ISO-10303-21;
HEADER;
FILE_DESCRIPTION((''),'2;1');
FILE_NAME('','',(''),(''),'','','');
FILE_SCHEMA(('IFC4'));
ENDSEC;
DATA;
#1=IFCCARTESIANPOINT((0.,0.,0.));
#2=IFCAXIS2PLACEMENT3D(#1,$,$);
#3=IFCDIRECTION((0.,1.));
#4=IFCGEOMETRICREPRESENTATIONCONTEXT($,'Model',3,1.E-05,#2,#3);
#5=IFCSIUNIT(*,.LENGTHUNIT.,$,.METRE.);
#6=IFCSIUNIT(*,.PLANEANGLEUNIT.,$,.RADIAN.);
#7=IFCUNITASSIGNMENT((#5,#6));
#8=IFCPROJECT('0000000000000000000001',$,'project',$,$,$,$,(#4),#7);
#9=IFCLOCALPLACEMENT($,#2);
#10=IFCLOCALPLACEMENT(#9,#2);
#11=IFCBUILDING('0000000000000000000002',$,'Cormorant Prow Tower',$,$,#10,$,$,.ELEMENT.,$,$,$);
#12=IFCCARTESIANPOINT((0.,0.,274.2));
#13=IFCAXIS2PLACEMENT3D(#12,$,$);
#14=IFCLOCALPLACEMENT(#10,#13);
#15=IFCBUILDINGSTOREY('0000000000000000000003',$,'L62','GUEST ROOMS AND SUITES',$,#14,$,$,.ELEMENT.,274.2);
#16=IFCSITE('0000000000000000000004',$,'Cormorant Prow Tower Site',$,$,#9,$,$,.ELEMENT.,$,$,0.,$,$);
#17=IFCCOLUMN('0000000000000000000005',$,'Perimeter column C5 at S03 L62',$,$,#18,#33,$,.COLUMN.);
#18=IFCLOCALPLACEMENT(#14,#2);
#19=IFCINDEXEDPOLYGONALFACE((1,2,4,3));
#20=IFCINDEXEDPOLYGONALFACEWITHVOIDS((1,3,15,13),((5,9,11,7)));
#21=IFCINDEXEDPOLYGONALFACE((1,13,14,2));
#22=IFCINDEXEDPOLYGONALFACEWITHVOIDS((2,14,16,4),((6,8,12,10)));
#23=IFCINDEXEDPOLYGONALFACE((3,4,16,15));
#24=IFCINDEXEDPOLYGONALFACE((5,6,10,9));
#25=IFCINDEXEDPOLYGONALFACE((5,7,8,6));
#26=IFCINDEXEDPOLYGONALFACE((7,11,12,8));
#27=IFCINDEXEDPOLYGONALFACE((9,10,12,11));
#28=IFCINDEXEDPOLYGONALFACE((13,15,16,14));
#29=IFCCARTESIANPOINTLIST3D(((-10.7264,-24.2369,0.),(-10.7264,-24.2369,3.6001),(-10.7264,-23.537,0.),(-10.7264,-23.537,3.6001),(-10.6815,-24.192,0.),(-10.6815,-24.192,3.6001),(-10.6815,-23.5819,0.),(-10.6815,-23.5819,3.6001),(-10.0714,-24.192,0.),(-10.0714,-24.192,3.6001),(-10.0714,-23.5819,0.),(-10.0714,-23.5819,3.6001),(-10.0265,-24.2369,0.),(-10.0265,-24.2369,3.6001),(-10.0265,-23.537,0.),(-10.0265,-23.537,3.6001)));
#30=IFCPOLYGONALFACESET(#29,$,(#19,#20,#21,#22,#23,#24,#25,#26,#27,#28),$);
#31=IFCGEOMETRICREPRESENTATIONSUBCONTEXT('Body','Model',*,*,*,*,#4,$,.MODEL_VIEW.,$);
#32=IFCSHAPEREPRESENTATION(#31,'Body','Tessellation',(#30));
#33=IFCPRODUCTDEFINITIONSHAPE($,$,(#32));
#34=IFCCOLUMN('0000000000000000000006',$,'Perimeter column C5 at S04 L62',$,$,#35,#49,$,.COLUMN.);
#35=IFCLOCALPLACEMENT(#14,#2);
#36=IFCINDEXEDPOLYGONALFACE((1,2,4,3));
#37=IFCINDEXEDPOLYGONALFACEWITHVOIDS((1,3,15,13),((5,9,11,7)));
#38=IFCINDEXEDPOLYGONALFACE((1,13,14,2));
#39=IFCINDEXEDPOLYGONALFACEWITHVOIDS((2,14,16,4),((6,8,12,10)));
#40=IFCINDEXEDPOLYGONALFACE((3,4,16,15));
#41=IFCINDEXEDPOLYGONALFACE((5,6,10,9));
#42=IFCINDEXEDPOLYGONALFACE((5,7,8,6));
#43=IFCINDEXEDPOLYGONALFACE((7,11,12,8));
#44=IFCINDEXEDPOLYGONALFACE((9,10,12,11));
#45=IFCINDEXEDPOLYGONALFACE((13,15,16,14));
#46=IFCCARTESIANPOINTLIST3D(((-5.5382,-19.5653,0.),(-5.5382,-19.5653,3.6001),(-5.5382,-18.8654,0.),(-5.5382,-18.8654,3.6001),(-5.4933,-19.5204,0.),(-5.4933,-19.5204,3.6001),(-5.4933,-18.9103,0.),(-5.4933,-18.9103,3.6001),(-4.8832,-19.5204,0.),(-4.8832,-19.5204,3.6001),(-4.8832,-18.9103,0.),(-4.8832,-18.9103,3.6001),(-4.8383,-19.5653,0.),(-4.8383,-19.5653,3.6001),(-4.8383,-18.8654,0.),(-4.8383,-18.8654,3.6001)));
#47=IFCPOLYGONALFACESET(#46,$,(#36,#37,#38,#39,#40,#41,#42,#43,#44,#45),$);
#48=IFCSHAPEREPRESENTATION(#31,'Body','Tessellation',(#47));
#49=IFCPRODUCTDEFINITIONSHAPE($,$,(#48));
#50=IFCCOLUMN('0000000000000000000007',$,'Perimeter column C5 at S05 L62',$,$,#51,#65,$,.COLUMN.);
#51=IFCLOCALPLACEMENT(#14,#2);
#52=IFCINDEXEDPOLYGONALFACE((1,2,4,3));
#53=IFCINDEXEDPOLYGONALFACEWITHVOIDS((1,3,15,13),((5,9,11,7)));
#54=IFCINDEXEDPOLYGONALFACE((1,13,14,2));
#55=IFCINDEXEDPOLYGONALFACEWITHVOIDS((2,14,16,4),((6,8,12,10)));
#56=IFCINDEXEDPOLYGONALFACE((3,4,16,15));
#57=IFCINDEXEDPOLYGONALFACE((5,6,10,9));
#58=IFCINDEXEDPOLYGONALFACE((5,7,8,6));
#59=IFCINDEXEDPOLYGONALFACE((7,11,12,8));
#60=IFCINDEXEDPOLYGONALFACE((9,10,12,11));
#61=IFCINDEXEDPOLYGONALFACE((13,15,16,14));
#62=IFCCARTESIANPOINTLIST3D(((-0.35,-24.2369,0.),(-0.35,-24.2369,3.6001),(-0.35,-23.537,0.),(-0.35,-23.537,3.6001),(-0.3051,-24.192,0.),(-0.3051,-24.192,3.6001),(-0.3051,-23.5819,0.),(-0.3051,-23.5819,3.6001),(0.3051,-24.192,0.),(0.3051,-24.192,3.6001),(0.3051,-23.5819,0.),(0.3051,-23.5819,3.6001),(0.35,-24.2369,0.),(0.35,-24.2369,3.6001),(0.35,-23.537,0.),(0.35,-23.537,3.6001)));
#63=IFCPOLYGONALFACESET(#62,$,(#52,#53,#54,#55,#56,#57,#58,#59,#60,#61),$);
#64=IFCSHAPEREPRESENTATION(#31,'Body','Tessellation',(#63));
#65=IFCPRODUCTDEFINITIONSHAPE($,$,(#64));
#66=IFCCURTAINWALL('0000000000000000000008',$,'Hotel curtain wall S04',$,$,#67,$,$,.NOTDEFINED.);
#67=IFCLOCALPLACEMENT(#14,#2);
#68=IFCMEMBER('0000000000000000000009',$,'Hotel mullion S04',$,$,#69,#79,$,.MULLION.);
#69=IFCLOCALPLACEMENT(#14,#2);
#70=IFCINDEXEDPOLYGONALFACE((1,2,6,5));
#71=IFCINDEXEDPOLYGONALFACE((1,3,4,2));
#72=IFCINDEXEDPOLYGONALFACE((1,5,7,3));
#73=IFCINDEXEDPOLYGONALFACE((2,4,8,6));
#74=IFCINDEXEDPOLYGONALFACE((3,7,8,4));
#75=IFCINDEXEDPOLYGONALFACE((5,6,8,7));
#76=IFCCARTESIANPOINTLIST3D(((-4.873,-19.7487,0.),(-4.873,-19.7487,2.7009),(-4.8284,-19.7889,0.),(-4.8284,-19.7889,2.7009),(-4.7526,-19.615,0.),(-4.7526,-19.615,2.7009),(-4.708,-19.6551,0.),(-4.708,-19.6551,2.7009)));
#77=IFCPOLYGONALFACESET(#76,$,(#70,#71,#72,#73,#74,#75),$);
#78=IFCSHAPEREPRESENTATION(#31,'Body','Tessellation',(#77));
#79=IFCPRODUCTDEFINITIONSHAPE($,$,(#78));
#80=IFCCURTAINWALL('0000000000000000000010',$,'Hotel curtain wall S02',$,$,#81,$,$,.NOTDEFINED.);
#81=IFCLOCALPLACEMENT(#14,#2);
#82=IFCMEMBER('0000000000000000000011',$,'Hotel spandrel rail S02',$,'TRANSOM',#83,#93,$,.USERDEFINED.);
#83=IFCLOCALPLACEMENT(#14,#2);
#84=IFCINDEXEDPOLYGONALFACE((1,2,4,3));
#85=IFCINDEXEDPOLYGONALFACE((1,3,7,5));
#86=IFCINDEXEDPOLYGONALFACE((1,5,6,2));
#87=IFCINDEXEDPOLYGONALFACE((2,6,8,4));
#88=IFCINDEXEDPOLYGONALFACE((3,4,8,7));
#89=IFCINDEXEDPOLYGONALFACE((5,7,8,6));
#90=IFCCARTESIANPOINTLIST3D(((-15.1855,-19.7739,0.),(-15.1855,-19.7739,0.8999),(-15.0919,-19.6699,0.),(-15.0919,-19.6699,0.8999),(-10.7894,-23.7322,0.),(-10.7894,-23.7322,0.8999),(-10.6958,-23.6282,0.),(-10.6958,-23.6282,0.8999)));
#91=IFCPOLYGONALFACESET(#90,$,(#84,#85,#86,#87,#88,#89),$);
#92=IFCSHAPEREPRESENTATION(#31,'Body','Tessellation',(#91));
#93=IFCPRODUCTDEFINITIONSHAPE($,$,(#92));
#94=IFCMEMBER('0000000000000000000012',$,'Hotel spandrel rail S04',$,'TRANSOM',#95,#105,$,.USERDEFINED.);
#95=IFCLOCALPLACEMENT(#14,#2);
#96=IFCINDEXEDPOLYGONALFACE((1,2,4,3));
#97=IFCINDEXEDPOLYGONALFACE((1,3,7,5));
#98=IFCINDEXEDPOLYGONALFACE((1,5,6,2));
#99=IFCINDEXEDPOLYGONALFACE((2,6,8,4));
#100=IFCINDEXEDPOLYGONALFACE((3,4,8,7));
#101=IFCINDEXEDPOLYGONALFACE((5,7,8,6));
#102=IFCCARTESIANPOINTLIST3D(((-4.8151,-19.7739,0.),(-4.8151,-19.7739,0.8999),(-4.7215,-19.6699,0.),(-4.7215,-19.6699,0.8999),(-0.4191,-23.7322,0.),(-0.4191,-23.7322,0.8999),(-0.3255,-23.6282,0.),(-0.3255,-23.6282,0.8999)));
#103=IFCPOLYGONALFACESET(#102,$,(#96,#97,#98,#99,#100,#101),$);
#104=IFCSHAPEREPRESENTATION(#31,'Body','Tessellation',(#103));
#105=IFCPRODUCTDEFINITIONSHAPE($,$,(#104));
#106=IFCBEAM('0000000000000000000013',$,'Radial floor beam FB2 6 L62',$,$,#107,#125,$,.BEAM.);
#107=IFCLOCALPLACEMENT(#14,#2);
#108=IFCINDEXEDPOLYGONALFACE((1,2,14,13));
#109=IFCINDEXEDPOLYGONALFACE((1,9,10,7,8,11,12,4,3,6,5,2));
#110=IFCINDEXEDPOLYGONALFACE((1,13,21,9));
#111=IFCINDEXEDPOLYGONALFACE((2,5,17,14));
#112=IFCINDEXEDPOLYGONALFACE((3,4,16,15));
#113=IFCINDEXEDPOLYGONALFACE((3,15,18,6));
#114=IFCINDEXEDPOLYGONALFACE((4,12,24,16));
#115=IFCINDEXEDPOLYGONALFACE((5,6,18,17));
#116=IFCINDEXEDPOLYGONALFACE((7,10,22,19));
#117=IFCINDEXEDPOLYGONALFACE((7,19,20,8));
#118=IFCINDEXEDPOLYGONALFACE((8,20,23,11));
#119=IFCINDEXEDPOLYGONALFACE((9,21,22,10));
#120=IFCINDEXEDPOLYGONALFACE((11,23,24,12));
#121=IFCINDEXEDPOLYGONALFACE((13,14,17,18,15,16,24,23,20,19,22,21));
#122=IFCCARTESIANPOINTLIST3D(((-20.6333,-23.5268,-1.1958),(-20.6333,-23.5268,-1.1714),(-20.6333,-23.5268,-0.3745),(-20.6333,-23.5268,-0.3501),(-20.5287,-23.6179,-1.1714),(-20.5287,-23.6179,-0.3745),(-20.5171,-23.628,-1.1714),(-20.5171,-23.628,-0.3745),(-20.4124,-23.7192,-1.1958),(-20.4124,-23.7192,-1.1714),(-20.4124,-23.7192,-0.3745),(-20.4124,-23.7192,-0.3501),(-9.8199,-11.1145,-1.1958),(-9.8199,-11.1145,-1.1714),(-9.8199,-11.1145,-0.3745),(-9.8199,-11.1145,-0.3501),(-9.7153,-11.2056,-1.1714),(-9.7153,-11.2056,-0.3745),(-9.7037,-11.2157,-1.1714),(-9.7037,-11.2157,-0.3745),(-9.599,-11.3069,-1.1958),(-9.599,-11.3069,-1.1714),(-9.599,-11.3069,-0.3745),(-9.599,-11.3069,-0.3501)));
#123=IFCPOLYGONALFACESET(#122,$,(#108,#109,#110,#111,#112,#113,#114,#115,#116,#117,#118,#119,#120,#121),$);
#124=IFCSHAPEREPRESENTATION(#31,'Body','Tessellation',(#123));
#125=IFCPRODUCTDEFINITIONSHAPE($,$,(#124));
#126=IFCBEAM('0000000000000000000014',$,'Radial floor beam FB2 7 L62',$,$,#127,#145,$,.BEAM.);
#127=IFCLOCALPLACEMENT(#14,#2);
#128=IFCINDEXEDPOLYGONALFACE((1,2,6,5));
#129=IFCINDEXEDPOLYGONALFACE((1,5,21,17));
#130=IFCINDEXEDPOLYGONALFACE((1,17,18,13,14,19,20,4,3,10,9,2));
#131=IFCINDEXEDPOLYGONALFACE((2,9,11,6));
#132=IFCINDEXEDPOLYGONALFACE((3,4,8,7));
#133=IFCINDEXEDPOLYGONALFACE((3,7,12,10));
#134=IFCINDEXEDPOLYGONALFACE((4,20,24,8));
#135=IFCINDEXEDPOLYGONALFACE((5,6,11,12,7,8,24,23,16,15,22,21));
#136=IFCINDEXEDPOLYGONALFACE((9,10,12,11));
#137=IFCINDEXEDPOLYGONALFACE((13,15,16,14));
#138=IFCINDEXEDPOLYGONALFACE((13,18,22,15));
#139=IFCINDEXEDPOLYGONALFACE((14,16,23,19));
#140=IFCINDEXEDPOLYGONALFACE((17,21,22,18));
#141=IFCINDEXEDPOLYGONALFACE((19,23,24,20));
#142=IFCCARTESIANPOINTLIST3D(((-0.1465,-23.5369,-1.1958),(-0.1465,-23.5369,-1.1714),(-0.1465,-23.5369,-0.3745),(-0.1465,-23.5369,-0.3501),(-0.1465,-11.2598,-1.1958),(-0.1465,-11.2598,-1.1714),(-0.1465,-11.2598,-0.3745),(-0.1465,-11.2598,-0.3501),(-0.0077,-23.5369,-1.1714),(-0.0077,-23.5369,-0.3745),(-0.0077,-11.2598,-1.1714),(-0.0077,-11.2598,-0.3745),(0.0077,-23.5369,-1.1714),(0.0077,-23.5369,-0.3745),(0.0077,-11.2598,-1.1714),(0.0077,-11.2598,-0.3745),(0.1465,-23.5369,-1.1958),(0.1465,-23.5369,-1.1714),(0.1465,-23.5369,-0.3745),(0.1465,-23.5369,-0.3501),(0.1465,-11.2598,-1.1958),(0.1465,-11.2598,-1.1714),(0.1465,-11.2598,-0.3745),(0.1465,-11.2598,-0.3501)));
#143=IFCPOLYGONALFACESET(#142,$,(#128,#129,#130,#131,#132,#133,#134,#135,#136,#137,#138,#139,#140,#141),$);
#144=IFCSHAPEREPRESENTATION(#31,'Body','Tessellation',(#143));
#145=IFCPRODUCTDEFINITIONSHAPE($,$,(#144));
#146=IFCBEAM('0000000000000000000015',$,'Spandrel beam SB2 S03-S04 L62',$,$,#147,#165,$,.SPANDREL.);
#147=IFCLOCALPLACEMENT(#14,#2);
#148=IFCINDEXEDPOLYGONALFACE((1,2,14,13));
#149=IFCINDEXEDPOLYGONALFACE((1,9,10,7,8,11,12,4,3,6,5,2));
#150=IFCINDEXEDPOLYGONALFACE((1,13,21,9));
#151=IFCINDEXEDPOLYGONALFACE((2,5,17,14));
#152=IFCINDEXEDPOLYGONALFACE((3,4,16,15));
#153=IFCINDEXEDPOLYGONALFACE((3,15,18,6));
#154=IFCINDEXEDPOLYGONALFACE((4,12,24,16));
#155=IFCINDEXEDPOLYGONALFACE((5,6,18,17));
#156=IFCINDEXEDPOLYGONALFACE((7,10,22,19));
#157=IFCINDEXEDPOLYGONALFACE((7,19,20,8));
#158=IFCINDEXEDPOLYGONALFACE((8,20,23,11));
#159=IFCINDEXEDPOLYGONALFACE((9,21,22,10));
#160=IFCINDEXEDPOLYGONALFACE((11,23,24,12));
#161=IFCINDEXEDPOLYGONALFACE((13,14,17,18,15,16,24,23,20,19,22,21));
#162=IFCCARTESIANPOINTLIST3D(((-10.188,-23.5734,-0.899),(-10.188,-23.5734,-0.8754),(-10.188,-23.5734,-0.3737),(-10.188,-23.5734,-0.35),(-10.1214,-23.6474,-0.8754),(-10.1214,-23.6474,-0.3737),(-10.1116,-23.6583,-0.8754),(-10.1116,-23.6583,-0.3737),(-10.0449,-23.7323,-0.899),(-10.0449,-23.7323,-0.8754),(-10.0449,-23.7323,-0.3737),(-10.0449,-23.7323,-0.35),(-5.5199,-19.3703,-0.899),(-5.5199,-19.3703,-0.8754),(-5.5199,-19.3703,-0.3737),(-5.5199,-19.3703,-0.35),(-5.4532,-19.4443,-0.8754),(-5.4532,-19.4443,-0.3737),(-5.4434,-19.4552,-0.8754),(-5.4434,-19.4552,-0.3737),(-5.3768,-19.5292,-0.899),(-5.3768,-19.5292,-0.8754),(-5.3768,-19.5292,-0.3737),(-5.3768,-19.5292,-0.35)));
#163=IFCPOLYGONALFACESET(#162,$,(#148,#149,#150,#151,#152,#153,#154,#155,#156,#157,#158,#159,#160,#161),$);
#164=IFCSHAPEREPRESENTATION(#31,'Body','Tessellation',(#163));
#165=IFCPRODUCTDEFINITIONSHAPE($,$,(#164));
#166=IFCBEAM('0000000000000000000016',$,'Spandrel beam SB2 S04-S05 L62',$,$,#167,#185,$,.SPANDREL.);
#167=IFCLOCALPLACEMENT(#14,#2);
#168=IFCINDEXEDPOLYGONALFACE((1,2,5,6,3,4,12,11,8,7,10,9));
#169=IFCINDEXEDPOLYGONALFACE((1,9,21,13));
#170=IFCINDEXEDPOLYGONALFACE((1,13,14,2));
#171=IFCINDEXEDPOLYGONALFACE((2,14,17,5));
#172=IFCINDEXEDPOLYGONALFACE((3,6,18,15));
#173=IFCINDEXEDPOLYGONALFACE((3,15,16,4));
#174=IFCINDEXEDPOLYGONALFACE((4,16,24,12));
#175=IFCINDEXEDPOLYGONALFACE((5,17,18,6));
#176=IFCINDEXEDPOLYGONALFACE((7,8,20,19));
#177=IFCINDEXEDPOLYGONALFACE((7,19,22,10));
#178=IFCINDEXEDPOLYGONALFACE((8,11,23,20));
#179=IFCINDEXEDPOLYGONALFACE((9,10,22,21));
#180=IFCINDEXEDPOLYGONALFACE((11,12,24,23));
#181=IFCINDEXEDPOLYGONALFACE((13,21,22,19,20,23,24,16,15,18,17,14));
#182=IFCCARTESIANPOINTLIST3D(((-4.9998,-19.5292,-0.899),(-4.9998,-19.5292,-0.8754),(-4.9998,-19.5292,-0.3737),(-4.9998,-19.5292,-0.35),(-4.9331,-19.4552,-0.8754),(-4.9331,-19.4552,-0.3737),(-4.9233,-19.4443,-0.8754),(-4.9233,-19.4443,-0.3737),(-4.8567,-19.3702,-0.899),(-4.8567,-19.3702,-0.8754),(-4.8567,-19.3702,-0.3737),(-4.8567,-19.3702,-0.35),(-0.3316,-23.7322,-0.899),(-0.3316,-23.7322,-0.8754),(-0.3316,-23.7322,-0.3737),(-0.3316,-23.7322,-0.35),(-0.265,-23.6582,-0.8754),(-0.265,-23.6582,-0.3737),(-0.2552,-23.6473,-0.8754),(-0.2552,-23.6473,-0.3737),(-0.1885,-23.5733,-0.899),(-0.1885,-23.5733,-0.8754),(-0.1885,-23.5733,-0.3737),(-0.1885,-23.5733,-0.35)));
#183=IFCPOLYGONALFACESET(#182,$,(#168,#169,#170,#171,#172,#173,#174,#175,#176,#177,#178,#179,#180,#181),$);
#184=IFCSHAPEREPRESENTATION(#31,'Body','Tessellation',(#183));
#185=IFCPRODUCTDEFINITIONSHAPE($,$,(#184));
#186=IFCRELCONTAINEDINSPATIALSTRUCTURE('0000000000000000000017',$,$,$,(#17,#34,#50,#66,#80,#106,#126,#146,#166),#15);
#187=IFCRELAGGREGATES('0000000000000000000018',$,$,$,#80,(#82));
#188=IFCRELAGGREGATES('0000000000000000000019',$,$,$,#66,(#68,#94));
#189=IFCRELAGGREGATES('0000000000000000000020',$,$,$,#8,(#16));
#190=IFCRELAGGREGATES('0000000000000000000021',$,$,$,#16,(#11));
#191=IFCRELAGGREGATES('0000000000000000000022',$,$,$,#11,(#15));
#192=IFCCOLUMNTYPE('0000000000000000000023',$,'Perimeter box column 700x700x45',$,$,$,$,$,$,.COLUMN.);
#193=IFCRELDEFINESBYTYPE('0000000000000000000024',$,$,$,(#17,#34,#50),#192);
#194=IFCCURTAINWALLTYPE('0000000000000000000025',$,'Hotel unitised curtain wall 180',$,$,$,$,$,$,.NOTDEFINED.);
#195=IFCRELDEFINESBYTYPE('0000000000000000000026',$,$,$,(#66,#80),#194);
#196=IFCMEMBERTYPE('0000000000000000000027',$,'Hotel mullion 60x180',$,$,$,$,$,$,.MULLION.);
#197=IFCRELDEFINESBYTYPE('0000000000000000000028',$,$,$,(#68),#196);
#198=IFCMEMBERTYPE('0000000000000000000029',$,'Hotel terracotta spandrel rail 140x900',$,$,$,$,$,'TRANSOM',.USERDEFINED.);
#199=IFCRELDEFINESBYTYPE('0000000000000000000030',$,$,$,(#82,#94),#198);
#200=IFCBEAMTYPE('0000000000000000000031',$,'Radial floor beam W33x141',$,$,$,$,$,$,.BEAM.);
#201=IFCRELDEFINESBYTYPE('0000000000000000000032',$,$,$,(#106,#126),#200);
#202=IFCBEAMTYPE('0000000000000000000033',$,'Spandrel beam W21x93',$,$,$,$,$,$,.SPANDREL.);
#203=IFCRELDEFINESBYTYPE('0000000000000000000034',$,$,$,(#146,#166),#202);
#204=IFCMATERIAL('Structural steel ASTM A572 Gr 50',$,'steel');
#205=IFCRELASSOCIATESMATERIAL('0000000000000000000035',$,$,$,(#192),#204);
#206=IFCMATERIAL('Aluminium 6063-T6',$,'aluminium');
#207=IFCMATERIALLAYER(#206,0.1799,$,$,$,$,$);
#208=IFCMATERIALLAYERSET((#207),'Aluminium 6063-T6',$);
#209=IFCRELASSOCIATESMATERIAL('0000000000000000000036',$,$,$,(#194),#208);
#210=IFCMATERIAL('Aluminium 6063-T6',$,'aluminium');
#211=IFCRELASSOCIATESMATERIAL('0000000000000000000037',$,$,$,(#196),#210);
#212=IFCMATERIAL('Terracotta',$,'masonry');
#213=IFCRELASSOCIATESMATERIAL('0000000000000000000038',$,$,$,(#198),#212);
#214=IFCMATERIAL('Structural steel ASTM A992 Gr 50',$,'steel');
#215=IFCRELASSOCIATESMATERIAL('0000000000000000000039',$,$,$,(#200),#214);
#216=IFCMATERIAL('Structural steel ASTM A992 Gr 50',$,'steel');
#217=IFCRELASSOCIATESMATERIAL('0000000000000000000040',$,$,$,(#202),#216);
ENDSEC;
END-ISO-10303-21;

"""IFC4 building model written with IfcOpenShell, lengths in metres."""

from ifc_helpers import new_model, si_unit, direction, frame, origin, origin_2d, place, context, subcontext, project, spatial, rectangle, hollow_rectangle, i_section, extrude, material, layer, layer_set, material_profile, profile_set, type_object, element, aggregate, save


model = new_model("IFC4")

# Units and contexts
model_context = context("Model", 3, precision=1e-05, world=origin(), true_north=direction((0.0, 1.0)))
body_context = subcontext(model_context, "Body", "Model", "MODEL_VIEW")
ifc_project = project(units=[si_unit("LENGTHUNIT", "METRE"), si_unit("PLANEANGLEUNIT", "RADIAN")], contexts=[model_context])

# Site, building, storey
site_placement = place(None, origin())
site = spatial("IfcSite", under=ifc_project, at=site_placement, Name="Cormorant Prow Tower Site", CompositionType="ELEMENT", RefElevation=0.0)
building_placement = place(site_placement, origin())
building = spatial("IfcBuilding", under=site, at=building_placement, Name="Cormorant Prow Tower", CompositionType="ELEMENT")
storey_placement = place(building_placement, frame((0.0, 0.0, 274.2)))
storey = spatial("IfcBuildingStorey", under=building, at=storey_placement, Name="L62", Description="GUEST ROOMS AND SUITES", CompositionType="ELEMENT", Elevation=274.2)

# Columns
ifc_material_1 = material(Name="Structural steel ASTM A572 Gr 50", Category="steel")
ifc_material_profile_1 = material_profile(ifc_material_1, hollow_rectangle(XDim=0.7, YDim=0.7, WallThickness=0.0449, at=origin_2d()), Name="Box 700x700x45")
ifc_profile_set_1 = profile_set([ifc_material_profile_1], Name="Structural steel ASTM A572 Gr 50")
column_type = type_object("IfcColumnType", Name="Perimeter box column 700x700x45", PredefinedType="COLUMN", material=ifc_profile_set_1)
for number, where, z_axis, x_axis, name in (
    (1, (-10.3765, -23.887, 0.0), (0.0, 0.0, 1.0), (1.0, 0.0, 0.0), "Perimeter column C5 at S03 L62"),
    (2, (-5.1882, -19.2153, 0.0), (0.0, 0.0, 1.0), (1.0, 0.0, 0.0), "Perimeter column C5 at S04 L62"),
    (3, (0.0, -23.887, 0.0), (0.0, 0.0, 1.0), (1.0, 0.0, 0.0), "Perimeter column C5 at S05 L62"),
):
    element("IfcColumn", number, at=place(storey_placement, frame(where, z_axis=z_axis, x_axis=x_axis)), inside=storey, type_object=column_type, Name=name, PredefinedType="COLUMN", context=body_context, shape_type="SweptSolid", body=[
        extrude(hollow_rectangle(XDim=0.7, YDim=0.7, WallThickness=0.0449, at=origin_2d()), origin(), (0.0, 0.0, 1.0), 3.6001),
    ])

# Curtain walls, members
ifc_material_2 = material(Name="Aluminium 6063-T6", Category="aluminium")
ifc_layer_1 = layer(ifc_material_2, 0.1799)
ifc_layer_set_1 = layer_set([ifc_layer_1], Name="Aluminium 6063-T6")
curtain_wall_type = type_object("IfcCurtainWallType", Name="Hotel unitised curtain wall 180", PredefinedType="NOTDEFINED", material=ifc_layer_set_1)
curtain_wall_1_placement = place(storey_placement, origin())
curtain_wall_1 = element("IfcCurtainWall", 4, at=curtain_wall_1_placement, inside=storey, type_object=curtain_wall_type, Name="Hotel curtain wall S04", PredefinedType="NOTDEFINED")
ifc_material_3 = material(Name="Aluminium 6063-T6", Category="aluminium")
ifc_material_profile_2 = material_profile(ifc_material_3, rectangle(XDim=0.1799, YDim=0.0601, at=origin_2d()), Name="Hotel mullion 60x180")
ifc_profile_set_2 = profile_set([ifc_material_profile_2], Name="Aluminium 6063-T6")
member_type_1 = type_object("IfcMemberType", Name="Hotel mullion 60x180", PredefinedType="MULLION", material=ifc_profile_set_2)
member_1_placement = place(storey_placement, frame((-4.7905, -19.7019, 0.0), z_axis=(0.0, 0.0, 1.0), x_axis=(0.669131, 0.743145, 0.0)))
member_1 = element("IfcMember", 5, at=member_1_placement, type_object=member_type_1, Name="Hotel mullion S04", PredefinedType="MULLION", context=body_context, shape_type="SweptSolid", body=[
    extrude(rectangle(XDim=0.1799, YDim=0.0601, at=origin_2d()), origin(), (0.0, 0.0, 1.0), 2.7009),
])
curtain_wall_2_placement = place(storey_placement, origin())
curtain_wall_2 = element("IfcCurtainWall", 6, at=curtain_wall_2_placement, inside=storey, type_object=curtain_wall_type, Name="Hotel curtain wall S02", PredefinedType="NOTDEFINED")
ifc_material_4 = material(Name="Terracotta", Category="masonry")
ifc_material_profile_3 = material_profile(ifc_material_4, rectangle(XDim=0.1399, YDim=0.8999, at=origin_2d()), Name="Hotel terracotta spandrel rail 140x900")
ifc_profile_set_3 = profile_set([ifc_material_profile_3], Name="Terracotta")
member_type_2 = type_object("IfcMemberType", Name="Hotel terracotta spandrel rail 140x900", ElementType="TRANSOM", PredefinedType="USERDEFINED", material=ifc_profile_set_3)
member_2_placement = place(storey_placement, frame((-15.1387, -19.7219, 0.45), z_axis=(0.743138, -0.669138, 0.0), x_axis=(0.669138, 0.743138, 0.0)))
member_2 = element("IfcMember", 7, at=member_2_placement, type_object=member_type_2, Name="Hotel spandrel rail S02", ObjectType="TRANSOM", PredefinedType="USERDEFINED", context=body_context, shape_type="SweptSolid", body=[
    extrude(rectangle(XDim=0.1399, YDim=0.8999, at=origin_2d()), origin(), (0.0, 0.0, 1.0), 5.9155),
])

# Member
member_3_placement = place(storey_placement, frame((-4.7683, -19.7219, 0.45), z_axis=(0.743138, -0.669138, 0.0), x_axis=(0.669138, 0.743138, 0.0)))
member_3 = element("IfcMember", 8, at=member_3_placement, type_object=member_type_2, Name="Hotel spandrel rail S04", ObjectType="TRANSOM", PredefinedType="USERDEFINED", context=body_context, shape_type="SweptSolid", body=[
    extrude(rectangle(XDim=0.1399, YDim=0.8999, at=origin_2d()), origin(), (0.0, 0.0, 1.0), 5.9155),
])

# Beams
ifc_material_5 = material(Name="Structural steel ASTM A992 Gr 50", Category="steel")
ifc_material_profile_4 = material_profile(ifc_material_5, i_section(OverallWidth=0.293, OverallDepth=0.8457, WebThickness=0.0154, FlangeThickness=0.0244, at=origin_2d()), Name="W33x141")
ifc_profile_set_4 = profile_set([ifc_material_profile_4], Name="Structural steel ASTM A992 Gr 50")
beam_type_1 = type_object("IfcBeamType", Name="Radial floor beam W33x141", PredefinedType="BEAM", material=ifc_profile_set_4)
beam_1_placement = place(storey_placement, frame((-9.7095, -11.2107, -0.7729), z_axis=(-0.656875, -0.754, 0.0), x_axis=(0.754, -0.656875, 0.0)))
element("IfcBeam", 9, at=beam_1_placement, inside=storey, type_object=beam_type_1, Name="Radial floor beam FB2 6 L62", PredefinedType="BEAM", context=body_context, shape_type="SweptSolid", body=[
    extrude(i_section(OverallWidth=0.293, OverallDepth=0.8457, WebThickness=0.0154, FlangeThickness=0.0244, at=origin_2d()), origin(), (0.0, 0.0, 1.0), 16.4619),
])
beam_2_placement = place(storey_placement, frame((0.0, -11.2598, -0.7729), z_axis=(0.0, -1.0, 0.0), x_axis=(1.0, 0.0, 0.0)))
element("IfcBeam", 10, at=beam_2_placement, inside=storey, type_object=beam_type_1, Name="Radial floor beam FB2 7 L62", PredefinedType="BEAM", context=body_context, shape_type="SweptSolid", body=[
    extrude(i_section(OverallWidth=0.293, OverallDepth=0.8457, WebThickness=0.0154, FlangeThickness=0.0244, at=origin_2d()), origin(), (0.0, 0.0, 1.0), 12.2771),
])
ifc_material_6 = material(Name="Structural steel ASTM A992 Gr 50", Category="steel")
ifc_material_profile_5 = material_profile(ifc_material_6, i_section(OverallWidth=0.2139, OverallDepth=0.5491, WebThickness=0.0146, FlangeThickness=0.0237, at=origin_2d()), Name="W21x93")
ifc_profile_set_5 = profile_set([ifc_material_profile_5], Name="Structural steel ASTM A992 Gr 50")
beam_type_2 = type_object("IfcBeamType", Name="Spandrel beam W21x93", PredefinedType="SPANDREL", material=ifc_profile_set_5)
for number, where, z_axis, x_axis, name in (
    (11, (-10.1165, -23.6528, -0.6245), (0.743157, 0.669117, 0.0), (-0.669117, 0.743157, 0.0), "Spandrel beam SB2 S03-S04 L62"),
    (12, (-4.9282, -19.4497, -0.6245), (0.743157, -0.669117, 0.0), (0.669117, 0.743157, 0.0), "Spandrel beam SB2 S04-S05 L62"),
):
    element("IfcBeam", number, at=place(storey_placement, frame(where, z_axis=z_axis, x_axis=x_axis)), inside=storey, type_object=beam_type_2, Name=name, PredefinedType="SPANDREL", context=body_context, shape_type="SweptSolid", body=[
        extrude(i_section(OverallWidth=0.2139, OverallDepth=0.5491, WebThickness=0.0146, FlangeThickness=0.0237, at=origin_2d()), origin(), (0.0, 0.0, 1.0), 6.2815),
    ])

aggregate(curtain_wall_2, [member_2])
aggregate(curtain_wall_1, [member_1, member_3])

save(model, "model.ifc")
